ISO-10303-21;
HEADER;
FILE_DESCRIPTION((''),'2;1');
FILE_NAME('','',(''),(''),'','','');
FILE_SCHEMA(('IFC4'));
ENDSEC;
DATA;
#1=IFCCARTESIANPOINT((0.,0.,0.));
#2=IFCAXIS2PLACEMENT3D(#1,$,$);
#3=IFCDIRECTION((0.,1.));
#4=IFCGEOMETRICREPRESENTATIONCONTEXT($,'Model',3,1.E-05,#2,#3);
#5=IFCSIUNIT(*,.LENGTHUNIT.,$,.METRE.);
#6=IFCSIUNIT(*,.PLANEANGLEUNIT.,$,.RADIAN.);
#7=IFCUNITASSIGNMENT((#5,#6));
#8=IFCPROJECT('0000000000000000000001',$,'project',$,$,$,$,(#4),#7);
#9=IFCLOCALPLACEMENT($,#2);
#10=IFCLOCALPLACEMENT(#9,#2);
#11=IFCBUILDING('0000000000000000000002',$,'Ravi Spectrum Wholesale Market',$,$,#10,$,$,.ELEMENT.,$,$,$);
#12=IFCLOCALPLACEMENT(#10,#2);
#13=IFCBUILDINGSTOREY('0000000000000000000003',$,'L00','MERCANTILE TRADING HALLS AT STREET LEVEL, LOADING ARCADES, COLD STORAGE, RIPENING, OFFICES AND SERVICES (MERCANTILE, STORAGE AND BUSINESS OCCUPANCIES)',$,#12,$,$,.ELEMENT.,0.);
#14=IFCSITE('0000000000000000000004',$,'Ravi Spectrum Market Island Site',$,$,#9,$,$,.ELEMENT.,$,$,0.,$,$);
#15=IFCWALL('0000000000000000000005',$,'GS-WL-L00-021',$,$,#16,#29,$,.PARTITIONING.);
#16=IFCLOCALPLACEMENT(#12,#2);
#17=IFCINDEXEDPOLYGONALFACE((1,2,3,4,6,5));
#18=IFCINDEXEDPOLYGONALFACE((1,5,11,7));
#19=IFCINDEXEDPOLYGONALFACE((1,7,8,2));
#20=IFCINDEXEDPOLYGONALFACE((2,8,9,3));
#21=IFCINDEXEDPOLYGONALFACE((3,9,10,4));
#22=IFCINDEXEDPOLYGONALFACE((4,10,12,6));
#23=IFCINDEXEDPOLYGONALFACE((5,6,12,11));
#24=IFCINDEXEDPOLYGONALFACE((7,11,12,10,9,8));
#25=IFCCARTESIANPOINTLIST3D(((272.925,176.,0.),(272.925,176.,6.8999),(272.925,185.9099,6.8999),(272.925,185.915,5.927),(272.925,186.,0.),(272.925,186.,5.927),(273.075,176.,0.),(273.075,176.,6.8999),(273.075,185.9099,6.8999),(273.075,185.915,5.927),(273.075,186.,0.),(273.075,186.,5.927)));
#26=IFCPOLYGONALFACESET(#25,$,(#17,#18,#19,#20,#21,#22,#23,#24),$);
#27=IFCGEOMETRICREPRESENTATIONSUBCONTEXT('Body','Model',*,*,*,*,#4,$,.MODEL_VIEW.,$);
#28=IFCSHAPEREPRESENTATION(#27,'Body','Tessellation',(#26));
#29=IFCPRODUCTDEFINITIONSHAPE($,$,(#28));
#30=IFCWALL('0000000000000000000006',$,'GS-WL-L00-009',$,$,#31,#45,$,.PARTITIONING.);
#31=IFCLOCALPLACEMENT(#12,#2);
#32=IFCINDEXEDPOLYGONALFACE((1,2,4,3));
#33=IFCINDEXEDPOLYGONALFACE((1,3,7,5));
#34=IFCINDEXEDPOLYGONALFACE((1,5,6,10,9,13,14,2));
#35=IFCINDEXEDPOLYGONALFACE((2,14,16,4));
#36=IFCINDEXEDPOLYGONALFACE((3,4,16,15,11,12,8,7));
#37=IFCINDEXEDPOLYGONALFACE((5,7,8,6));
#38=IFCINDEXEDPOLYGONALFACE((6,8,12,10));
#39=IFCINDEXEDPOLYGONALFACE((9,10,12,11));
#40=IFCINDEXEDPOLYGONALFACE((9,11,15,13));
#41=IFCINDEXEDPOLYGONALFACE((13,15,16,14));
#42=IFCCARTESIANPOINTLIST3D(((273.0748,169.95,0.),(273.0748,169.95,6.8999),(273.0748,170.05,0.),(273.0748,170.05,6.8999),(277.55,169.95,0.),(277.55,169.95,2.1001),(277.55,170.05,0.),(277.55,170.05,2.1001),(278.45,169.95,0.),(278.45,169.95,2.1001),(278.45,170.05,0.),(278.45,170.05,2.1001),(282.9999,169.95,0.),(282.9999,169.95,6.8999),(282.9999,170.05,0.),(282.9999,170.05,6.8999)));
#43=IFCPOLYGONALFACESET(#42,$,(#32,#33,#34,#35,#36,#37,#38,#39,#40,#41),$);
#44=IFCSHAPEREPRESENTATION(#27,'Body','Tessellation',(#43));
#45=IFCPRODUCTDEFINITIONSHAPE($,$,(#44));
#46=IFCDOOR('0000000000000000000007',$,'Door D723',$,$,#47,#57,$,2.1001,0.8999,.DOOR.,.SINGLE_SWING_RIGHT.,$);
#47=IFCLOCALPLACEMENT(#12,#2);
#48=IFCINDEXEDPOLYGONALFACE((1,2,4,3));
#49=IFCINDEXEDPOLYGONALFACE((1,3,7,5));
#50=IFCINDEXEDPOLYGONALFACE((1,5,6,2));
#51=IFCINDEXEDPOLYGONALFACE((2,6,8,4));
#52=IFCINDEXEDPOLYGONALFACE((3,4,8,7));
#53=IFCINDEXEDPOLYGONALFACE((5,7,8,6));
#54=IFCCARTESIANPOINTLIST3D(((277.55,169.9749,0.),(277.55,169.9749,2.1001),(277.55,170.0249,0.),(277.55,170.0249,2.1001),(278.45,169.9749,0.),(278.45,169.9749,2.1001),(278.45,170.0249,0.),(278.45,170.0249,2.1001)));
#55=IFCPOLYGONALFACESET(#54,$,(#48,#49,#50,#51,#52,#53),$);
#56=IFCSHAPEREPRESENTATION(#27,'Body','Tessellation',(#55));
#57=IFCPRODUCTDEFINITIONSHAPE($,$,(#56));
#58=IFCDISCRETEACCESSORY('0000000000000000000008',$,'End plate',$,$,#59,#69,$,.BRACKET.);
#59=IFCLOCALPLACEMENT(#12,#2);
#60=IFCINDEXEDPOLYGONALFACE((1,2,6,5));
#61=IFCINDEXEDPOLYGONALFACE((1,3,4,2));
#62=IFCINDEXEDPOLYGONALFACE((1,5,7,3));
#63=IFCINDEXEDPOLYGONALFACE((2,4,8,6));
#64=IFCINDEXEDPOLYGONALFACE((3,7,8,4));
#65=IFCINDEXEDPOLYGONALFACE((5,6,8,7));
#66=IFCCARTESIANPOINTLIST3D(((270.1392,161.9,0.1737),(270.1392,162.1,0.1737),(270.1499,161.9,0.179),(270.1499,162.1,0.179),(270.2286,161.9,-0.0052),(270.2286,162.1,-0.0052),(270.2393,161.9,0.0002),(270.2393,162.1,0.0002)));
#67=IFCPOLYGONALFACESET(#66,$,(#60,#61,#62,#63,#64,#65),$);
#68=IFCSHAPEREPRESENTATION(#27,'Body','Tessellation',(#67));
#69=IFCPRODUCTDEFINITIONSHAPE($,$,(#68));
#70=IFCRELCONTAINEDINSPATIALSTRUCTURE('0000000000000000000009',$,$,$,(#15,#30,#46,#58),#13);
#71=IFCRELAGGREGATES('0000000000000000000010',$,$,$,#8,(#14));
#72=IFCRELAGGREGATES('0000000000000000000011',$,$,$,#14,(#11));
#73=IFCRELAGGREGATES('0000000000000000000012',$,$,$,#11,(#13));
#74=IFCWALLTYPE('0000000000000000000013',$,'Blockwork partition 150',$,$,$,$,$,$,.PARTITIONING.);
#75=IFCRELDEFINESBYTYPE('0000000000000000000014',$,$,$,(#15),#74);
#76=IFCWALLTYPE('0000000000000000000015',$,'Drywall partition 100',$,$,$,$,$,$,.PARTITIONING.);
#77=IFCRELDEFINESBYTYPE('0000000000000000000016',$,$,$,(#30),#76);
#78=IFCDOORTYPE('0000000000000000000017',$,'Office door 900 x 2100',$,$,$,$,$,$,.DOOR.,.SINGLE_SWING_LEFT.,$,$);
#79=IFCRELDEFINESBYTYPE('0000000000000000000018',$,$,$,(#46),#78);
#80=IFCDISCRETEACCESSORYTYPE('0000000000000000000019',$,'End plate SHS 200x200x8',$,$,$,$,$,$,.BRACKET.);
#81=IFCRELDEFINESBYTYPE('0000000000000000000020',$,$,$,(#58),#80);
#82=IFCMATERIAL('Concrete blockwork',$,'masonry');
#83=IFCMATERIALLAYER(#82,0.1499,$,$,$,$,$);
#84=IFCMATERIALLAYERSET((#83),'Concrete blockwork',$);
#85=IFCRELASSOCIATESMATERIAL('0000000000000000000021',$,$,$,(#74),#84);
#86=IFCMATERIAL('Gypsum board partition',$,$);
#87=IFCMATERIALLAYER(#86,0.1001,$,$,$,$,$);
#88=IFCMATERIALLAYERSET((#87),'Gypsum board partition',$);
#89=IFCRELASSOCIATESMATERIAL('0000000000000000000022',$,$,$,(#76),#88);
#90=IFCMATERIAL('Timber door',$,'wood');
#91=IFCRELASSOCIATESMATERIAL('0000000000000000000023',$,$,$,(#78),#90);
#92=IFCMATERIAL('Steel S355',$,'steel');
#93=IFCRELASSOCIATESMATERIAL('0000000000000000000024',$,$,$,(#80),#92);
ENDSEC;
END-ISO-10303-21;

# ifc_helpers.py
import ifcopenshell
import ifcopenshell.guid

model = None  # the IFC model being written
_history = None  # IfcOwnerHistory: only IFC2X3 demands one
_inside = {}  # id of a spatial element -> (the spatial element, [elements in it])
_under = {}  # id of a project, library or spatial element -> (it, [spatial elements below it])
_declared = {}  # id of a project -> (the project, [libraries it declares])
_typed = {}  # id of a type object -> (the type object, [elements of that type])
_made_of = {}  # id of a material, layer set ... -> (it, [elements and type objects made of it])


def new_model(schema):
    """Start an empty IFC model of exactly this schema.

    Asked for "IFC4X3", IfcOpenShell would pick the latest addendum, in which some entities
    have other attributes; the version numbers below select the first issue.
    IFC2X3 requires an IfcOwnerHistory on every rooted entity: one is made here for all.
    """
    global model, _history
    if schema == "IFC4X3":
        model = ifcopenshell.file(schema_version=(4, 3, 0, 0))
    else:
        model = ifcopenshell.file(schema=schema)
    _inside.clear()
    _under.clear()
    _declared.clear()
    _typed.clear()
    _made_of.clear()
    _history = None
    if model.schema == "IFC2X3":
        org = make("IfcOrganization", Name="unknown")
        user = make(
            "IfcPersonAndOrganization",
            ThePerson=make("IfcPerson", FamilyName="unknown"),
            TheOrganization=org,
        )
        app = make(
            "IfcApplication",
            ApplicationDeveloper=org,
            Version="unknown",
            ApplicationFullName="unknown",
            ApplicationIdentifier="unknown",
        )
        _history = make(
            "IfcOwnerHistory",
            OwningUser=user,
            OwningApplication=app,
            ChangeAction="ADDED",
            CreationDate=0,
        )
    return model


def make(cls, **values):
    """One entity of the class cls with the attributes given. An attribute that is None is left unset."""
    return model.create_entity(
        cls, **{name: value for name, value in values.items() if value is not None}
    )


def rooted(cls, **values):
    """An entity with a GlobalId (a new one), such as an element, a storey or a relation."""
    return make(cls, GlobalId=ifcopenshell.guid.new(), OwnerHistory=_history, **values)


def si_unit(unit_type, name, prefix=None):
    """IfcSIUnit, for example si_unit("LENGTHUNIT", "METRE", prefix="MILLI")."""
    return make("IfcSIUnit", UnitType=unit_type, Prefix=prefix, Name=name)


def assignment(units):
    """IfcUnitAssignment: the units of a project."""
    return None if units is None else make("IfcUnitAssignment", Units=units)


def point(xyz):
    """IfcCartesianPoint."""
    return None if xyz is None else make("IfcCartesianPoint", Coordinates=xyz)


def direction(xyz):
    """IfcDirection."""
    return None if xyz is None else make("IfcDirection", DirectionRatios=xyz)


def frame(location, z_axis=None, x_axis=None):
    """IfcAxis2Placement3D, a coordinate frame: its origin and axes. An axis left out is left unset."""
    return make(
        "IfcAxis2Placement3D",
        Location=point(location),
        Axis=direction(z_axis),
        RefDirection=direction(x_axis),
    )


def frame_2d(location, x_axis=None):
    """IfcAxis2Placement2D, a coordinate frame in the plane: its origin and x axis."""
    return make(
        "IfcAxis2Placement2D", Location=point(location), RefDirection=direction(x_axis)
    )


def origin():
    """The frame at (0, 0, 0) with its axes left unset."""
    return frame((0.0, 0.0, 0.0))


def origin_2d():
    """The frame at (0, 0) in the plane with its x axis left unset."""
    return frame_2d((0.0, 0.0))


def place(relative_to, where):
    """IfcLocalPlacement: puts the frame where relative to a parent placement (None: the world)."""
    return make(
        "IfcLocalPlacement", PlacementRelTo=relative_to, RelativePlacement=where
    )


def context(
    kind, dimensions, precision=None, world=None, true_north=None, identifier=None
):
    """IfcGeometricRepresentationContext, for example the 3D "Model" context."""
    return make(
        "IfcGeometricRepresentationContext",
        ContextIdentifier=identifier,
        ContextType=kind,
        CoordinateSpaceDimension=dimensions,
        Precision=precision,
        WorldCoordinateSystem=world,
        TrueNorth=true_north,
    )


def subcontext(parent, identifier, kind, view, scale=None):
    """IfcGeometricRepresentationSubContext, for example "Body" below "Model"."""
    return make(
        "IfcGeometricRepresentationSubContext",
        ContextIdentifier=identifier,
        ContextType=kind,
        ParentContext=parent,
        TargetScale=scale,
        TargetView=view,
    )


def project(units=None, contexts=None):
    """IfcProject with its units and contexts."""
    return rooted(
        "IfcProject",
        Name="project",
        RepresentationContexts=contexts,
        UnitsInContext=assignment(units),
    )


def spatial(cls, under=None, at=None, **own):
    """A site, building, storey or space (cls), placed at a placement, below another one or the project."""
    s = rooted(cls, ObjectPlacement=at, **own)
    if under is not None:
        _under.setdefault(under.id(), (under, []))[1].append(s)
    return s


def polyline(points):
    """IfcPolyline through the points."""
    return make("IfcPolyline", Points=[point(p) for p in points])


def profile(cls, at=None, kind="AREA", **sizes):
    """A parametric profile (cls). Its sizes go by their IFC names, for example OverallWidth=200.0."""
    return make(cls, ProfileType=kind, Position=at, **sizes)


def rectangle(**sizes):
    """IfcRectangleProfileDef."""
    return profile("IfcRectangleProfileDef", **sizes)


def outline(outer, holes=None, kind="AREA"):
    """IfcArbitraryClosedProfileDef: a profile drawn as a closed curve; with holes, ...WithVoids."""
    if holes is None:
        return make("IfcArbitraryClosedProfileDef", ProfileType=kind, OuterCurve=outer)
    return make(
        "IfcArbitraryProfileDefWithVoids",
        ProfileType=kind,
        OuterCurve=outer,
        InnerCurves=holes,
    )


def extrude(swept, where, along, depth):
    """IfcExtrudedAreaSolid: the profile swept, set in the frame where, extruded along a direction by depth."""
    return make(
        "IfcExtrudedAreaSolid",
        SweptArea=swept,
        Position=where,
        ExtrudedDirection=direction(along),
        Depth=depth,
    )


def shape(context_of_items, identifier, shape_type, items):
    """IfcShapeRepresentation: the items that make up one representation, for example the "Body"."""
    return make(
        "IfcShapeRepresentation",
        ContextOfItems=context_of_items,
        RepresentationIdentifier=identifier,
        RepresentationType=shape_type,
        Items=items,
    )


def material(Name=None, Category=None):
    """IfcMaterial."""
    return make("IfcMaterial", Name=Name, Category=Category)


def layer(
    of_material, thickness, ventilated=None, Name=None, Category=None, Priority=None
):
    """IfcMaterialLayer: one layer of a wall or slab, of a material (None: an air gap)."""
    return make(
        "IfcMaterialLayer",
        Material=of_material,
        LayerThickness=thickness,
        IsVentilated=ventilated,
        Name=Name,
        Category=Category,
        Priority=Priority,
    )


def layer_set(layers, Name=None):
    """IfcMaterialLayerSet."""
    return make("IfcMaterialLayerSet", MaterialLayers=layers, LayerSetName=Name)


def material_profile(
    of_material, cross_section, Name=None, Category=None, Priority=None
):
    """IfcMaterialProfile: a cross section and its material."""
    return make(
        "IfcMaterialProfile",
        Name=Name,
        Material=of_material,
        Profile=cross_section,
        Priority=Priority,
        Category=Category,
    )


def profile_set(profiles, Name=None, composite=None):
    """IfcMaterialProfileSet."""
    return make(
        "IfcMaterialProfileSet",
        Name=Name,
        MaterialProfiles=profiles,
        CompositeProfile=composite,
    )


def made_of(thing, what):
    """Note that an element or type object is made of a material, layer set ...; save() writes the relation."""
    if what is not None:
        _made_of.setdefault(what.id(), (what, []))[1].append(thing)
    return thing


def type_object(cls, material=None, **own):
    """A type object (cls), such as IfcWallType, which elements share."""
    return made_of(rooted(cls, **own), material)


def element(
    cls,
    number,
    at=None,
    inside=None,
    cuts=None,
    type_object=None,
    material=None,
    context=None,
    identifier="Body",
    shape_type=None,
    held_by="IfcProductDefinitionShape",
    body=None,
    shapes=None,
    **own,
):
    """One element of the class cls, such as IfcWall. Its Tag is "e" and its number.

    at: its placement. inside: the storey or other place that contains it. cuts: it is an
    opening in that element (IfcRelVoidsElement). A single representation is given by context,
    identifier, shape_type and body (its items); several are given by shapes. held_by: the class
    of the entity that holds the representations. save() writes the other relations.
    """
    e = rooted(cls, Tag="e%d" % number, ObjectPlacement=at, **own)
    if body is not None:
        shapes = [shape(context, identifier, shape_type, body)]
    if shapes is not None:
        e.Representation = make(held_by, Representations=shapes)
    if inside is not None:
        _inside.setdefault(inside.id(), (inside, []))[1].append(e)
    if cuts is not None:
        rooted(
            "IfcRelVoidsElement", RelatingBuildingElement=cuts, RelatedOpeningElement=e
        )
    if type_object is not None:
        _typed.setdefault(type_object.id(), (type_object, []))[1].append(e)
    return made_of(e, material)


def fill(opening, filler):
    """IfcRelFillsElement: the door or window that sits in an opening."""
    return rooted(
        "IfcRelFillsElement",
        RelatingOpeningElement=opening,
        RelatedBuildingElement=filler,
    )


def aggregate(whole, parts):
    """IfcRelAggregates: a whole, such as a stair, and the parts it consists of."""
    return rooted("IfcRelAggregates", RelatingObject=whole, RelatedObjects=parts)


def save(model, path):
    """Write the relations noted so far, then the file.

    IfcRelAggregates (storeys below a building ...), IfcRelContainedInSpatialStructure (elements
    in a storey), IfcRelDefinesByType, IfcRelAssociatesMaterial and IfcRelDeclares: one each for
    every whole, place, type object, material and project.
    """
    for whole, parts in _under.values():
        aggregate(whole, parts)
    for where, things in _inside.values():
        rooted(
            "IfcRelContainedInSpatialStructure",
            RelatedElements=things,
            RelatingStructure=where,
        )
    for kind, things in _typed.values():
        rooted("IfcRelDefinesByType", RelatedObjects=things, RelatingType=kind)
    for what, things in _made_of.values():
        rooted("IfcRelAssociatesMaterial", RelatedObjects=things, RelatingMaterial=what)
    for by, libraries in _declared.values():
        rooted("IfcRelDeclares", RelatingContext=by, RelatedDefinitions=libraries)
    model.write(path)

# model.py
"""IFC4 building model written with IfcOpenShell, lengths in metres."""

from ifc_helpers import new_model, si_unit, direction, frame, frame_2d, origin, origin_2d, place, context, subcontext, project, spatial, polyline, rectangle, outline, extrude, material, layer, layer_set, material_profile, profile_set, type_object, element, fill, save


model = new_model("IFC4")

# Units and contexts
model_context = context("Model", 3, precision=1e-05, world=origin(), true_north=direction((0.0, 1.0)))
body_context = subcontext(model_context, "Body", "Model", "MODEL_VIEW")
ifc_project = project(units=[si_unit("LENGTHUNIT", "METRE"), si_unit("PLANEANGLEUNIT", "RADIAN")], contexts=[model_context])

# Site, building, storey
site_placement = place(None, origin())
site = spatial("IfcSite", under=ifc_project, at=site_placement, Name="Ravi Spectrum Market Island Site", CompositionType="ELEMENT", RefElevation=0.0)
building_placement = place(site_placement, origin())
building = spatial("IfcBuilding", under=site, at=building_placement, Name="Ravi Spectrum Wholesale Market", CompositionType="ELEMENT")
storey_placement = place(building_placement, origin())
storey = spatial("IfcBuildingStorey", under=building, at=storey_placement, Name="L00", Description="MERCANTILE TRADING HALLS AT STREET LEVEL, LOADING ARCADES, COLD STORAGE, RIPENING, OFFICES AND SERVICES (MERCANTILE, STORAGE AND BUSINESS OCCUPANCIES)", CompositionType="ELEMENT", Elevation=0.0)

# Shared definitions
ifc_material_1 = material(Name="Concrete blockwork", Category="masonry")
ifc_layer_1 = layer(ifc_material_1, 0.1499)
ifc_layer_set_1 = layer_set([ifc_layer_1], Name="Concrete blockwork")
wall_type_1 = type_object("IfcWallType", Name="Blockwork partition 150", PredefinedType="PARTITIONING", material=ifc_layer_set_1)

# Wall
wall_1_placement = place(storey_placement, frame((273.0, 176.0, 0.0), z_axis=(0.0, 0.0, 1.0), x_axis=(0.0, 1.0, 0.0)))
element("IfcWall", 1, at=wall_1_placement, inside=storey, type_object=wall_type_1, Name="GS-WL-L00-021", PredefinedType="PARTITIONING", context=body_context, shape_type="SweptSolid", body=[
    extrude(outline(polyline([(0.0, 0.0), (10.0, 0.0), (10.0, 5.927), (9.915, 5.927), (9.9099, 6.8999), (0.0, 6.8999), (0.0, 0.0)])), frame((0.0, 0.075, 0.0), z_axis=(0.0, -1.0, 0.0), x_axis=(1.0, 0.0, 0.0)), (0.0, 0.0, 1.0), 0.1499),
])

# Wall, opening, door
ifc_material_2 = material(Name="Gypsum board partition")
ifc_layer_2 = layer(ifc_material_2, 0.1001)
ifc_layer_set_2 = layer_set([ifc_layer_2], Name="Gypsum board partition")
wall_type_2 = type_object("IfcWallType", Name="Drywall partition 100", PredefinedType="PARTITIONING", material=ifc_layer_set_2)
wall_2_placement = place(storey_placement, frame((273.075, 170.0, 0.0), z_axis=(0.0, 0.0, 1.0), x_axis=(1.0, 0.0, 0.0)))
wall_2 = element("IfcWall", 2, at=wall_2_placement, inside=storey, type_object=wall_type_2, Name="GS-WL-L00-009", PredefinedType="PARTITIONING", context=body_context, shape_type="SweptSolid", body=[
    extrude(rectangle(XDim=9.925, YDim=0.1001, at=frame_2d((4.9624, 0.0))), origin(), (0.0, 0.0, 1.0), 6.8999),
])
opening_1_placement = place(wall_2_placement, frame((4.4751, 0.0, 0.0)))
opening_1 = element("IfcOpeningElement", 3, at=opening_1_placement, cuts=wall_2, PredefinedType="OPENING", context=body_context, shape_type="SweptSolid", body=[
    extrude(rectangle(XDim=0.8999, YDim=2.1001, at=frame_2d((0.45, 1.05))), frame((0.0, 0.0601, 0.0), z_axis=(0.0, -1.0, 0.0), x_axis=(1.0, 0.0, 0.0)), (0.0, 0.0, 1.0), 0.1201),
])
ifc_material_3 = material(Name="Timber door", Category="wood")
door_type_1 = type_object("IfcDoorType", Name="Office door 900 x 2100", OperationType="SINGLE_SWING_LEFT", PredefinedType="DOOR", material=ifc_material_3)
door_1_placement = place(opening_1_placement, origin())
door_1 = element("IfcDoor", 4, at=door_1_placement, inside=storey, type_object=door_type_1, Name="Door D723", OperationType="SINGLE_SWING_RIGHT", OverallHeight=2.1001, OverallWidth=0.8999, PredefinedType="DOOR", context=body_context, shape_type="SweptSolid", body=[
    extrude(rectangle(XDim=0.8999, YDim=2.1001, at=frame_2d((0.45, 1.05))), frame((0.0, 0.0249, 0.0), z_axis=(0.0, -1.0, 0.0), x_axis=(1.0, 0.0, 0.0)), (0.0, 0.0, 1.0), 0.05),
])
fill(opening_1, door_1)

# Discrete accessory
ifc_material_4 = material(Name="Steel S355", Category="steel")
ifc_material_profile_1 = material_profile(ifc_material_4, rectangle(XDim=0.2, YDim=0.2, at=origin_2d()))
ifc_profile_set_1 = profile_set([ifc_material_profile_1], Name="Steel S355")
discrete_accessory_type = type_object("IfcDiscreteAccessoryType", Name="End plate SHS 200x200x8", PredefinedType="BRACKET", material=ifc_profile_set_1)
discrete_accessory_placement = place(storey_placement, frame((270.1946, 162.0, 0.0896), z_axis=(-0.894427, 0.0, -0.447214), x_axis=(0.0, -1.0, 0.0)))
element("IfcDiscreteAccessory", 5, at=discrete_accessory_placement, inside=storey, type_object=discrete_accessory_type, Name="End plate", PredefinedType="BRACKET", context=body_context, shape_type="SweptSolid", body=[
    extrude(rectangle(XDim=0.2, YDim=0.2, at=origin_2d()), origin(), (0.0, 0.0, 1.0), 0.012),
])

save(model, "model.ifc")
